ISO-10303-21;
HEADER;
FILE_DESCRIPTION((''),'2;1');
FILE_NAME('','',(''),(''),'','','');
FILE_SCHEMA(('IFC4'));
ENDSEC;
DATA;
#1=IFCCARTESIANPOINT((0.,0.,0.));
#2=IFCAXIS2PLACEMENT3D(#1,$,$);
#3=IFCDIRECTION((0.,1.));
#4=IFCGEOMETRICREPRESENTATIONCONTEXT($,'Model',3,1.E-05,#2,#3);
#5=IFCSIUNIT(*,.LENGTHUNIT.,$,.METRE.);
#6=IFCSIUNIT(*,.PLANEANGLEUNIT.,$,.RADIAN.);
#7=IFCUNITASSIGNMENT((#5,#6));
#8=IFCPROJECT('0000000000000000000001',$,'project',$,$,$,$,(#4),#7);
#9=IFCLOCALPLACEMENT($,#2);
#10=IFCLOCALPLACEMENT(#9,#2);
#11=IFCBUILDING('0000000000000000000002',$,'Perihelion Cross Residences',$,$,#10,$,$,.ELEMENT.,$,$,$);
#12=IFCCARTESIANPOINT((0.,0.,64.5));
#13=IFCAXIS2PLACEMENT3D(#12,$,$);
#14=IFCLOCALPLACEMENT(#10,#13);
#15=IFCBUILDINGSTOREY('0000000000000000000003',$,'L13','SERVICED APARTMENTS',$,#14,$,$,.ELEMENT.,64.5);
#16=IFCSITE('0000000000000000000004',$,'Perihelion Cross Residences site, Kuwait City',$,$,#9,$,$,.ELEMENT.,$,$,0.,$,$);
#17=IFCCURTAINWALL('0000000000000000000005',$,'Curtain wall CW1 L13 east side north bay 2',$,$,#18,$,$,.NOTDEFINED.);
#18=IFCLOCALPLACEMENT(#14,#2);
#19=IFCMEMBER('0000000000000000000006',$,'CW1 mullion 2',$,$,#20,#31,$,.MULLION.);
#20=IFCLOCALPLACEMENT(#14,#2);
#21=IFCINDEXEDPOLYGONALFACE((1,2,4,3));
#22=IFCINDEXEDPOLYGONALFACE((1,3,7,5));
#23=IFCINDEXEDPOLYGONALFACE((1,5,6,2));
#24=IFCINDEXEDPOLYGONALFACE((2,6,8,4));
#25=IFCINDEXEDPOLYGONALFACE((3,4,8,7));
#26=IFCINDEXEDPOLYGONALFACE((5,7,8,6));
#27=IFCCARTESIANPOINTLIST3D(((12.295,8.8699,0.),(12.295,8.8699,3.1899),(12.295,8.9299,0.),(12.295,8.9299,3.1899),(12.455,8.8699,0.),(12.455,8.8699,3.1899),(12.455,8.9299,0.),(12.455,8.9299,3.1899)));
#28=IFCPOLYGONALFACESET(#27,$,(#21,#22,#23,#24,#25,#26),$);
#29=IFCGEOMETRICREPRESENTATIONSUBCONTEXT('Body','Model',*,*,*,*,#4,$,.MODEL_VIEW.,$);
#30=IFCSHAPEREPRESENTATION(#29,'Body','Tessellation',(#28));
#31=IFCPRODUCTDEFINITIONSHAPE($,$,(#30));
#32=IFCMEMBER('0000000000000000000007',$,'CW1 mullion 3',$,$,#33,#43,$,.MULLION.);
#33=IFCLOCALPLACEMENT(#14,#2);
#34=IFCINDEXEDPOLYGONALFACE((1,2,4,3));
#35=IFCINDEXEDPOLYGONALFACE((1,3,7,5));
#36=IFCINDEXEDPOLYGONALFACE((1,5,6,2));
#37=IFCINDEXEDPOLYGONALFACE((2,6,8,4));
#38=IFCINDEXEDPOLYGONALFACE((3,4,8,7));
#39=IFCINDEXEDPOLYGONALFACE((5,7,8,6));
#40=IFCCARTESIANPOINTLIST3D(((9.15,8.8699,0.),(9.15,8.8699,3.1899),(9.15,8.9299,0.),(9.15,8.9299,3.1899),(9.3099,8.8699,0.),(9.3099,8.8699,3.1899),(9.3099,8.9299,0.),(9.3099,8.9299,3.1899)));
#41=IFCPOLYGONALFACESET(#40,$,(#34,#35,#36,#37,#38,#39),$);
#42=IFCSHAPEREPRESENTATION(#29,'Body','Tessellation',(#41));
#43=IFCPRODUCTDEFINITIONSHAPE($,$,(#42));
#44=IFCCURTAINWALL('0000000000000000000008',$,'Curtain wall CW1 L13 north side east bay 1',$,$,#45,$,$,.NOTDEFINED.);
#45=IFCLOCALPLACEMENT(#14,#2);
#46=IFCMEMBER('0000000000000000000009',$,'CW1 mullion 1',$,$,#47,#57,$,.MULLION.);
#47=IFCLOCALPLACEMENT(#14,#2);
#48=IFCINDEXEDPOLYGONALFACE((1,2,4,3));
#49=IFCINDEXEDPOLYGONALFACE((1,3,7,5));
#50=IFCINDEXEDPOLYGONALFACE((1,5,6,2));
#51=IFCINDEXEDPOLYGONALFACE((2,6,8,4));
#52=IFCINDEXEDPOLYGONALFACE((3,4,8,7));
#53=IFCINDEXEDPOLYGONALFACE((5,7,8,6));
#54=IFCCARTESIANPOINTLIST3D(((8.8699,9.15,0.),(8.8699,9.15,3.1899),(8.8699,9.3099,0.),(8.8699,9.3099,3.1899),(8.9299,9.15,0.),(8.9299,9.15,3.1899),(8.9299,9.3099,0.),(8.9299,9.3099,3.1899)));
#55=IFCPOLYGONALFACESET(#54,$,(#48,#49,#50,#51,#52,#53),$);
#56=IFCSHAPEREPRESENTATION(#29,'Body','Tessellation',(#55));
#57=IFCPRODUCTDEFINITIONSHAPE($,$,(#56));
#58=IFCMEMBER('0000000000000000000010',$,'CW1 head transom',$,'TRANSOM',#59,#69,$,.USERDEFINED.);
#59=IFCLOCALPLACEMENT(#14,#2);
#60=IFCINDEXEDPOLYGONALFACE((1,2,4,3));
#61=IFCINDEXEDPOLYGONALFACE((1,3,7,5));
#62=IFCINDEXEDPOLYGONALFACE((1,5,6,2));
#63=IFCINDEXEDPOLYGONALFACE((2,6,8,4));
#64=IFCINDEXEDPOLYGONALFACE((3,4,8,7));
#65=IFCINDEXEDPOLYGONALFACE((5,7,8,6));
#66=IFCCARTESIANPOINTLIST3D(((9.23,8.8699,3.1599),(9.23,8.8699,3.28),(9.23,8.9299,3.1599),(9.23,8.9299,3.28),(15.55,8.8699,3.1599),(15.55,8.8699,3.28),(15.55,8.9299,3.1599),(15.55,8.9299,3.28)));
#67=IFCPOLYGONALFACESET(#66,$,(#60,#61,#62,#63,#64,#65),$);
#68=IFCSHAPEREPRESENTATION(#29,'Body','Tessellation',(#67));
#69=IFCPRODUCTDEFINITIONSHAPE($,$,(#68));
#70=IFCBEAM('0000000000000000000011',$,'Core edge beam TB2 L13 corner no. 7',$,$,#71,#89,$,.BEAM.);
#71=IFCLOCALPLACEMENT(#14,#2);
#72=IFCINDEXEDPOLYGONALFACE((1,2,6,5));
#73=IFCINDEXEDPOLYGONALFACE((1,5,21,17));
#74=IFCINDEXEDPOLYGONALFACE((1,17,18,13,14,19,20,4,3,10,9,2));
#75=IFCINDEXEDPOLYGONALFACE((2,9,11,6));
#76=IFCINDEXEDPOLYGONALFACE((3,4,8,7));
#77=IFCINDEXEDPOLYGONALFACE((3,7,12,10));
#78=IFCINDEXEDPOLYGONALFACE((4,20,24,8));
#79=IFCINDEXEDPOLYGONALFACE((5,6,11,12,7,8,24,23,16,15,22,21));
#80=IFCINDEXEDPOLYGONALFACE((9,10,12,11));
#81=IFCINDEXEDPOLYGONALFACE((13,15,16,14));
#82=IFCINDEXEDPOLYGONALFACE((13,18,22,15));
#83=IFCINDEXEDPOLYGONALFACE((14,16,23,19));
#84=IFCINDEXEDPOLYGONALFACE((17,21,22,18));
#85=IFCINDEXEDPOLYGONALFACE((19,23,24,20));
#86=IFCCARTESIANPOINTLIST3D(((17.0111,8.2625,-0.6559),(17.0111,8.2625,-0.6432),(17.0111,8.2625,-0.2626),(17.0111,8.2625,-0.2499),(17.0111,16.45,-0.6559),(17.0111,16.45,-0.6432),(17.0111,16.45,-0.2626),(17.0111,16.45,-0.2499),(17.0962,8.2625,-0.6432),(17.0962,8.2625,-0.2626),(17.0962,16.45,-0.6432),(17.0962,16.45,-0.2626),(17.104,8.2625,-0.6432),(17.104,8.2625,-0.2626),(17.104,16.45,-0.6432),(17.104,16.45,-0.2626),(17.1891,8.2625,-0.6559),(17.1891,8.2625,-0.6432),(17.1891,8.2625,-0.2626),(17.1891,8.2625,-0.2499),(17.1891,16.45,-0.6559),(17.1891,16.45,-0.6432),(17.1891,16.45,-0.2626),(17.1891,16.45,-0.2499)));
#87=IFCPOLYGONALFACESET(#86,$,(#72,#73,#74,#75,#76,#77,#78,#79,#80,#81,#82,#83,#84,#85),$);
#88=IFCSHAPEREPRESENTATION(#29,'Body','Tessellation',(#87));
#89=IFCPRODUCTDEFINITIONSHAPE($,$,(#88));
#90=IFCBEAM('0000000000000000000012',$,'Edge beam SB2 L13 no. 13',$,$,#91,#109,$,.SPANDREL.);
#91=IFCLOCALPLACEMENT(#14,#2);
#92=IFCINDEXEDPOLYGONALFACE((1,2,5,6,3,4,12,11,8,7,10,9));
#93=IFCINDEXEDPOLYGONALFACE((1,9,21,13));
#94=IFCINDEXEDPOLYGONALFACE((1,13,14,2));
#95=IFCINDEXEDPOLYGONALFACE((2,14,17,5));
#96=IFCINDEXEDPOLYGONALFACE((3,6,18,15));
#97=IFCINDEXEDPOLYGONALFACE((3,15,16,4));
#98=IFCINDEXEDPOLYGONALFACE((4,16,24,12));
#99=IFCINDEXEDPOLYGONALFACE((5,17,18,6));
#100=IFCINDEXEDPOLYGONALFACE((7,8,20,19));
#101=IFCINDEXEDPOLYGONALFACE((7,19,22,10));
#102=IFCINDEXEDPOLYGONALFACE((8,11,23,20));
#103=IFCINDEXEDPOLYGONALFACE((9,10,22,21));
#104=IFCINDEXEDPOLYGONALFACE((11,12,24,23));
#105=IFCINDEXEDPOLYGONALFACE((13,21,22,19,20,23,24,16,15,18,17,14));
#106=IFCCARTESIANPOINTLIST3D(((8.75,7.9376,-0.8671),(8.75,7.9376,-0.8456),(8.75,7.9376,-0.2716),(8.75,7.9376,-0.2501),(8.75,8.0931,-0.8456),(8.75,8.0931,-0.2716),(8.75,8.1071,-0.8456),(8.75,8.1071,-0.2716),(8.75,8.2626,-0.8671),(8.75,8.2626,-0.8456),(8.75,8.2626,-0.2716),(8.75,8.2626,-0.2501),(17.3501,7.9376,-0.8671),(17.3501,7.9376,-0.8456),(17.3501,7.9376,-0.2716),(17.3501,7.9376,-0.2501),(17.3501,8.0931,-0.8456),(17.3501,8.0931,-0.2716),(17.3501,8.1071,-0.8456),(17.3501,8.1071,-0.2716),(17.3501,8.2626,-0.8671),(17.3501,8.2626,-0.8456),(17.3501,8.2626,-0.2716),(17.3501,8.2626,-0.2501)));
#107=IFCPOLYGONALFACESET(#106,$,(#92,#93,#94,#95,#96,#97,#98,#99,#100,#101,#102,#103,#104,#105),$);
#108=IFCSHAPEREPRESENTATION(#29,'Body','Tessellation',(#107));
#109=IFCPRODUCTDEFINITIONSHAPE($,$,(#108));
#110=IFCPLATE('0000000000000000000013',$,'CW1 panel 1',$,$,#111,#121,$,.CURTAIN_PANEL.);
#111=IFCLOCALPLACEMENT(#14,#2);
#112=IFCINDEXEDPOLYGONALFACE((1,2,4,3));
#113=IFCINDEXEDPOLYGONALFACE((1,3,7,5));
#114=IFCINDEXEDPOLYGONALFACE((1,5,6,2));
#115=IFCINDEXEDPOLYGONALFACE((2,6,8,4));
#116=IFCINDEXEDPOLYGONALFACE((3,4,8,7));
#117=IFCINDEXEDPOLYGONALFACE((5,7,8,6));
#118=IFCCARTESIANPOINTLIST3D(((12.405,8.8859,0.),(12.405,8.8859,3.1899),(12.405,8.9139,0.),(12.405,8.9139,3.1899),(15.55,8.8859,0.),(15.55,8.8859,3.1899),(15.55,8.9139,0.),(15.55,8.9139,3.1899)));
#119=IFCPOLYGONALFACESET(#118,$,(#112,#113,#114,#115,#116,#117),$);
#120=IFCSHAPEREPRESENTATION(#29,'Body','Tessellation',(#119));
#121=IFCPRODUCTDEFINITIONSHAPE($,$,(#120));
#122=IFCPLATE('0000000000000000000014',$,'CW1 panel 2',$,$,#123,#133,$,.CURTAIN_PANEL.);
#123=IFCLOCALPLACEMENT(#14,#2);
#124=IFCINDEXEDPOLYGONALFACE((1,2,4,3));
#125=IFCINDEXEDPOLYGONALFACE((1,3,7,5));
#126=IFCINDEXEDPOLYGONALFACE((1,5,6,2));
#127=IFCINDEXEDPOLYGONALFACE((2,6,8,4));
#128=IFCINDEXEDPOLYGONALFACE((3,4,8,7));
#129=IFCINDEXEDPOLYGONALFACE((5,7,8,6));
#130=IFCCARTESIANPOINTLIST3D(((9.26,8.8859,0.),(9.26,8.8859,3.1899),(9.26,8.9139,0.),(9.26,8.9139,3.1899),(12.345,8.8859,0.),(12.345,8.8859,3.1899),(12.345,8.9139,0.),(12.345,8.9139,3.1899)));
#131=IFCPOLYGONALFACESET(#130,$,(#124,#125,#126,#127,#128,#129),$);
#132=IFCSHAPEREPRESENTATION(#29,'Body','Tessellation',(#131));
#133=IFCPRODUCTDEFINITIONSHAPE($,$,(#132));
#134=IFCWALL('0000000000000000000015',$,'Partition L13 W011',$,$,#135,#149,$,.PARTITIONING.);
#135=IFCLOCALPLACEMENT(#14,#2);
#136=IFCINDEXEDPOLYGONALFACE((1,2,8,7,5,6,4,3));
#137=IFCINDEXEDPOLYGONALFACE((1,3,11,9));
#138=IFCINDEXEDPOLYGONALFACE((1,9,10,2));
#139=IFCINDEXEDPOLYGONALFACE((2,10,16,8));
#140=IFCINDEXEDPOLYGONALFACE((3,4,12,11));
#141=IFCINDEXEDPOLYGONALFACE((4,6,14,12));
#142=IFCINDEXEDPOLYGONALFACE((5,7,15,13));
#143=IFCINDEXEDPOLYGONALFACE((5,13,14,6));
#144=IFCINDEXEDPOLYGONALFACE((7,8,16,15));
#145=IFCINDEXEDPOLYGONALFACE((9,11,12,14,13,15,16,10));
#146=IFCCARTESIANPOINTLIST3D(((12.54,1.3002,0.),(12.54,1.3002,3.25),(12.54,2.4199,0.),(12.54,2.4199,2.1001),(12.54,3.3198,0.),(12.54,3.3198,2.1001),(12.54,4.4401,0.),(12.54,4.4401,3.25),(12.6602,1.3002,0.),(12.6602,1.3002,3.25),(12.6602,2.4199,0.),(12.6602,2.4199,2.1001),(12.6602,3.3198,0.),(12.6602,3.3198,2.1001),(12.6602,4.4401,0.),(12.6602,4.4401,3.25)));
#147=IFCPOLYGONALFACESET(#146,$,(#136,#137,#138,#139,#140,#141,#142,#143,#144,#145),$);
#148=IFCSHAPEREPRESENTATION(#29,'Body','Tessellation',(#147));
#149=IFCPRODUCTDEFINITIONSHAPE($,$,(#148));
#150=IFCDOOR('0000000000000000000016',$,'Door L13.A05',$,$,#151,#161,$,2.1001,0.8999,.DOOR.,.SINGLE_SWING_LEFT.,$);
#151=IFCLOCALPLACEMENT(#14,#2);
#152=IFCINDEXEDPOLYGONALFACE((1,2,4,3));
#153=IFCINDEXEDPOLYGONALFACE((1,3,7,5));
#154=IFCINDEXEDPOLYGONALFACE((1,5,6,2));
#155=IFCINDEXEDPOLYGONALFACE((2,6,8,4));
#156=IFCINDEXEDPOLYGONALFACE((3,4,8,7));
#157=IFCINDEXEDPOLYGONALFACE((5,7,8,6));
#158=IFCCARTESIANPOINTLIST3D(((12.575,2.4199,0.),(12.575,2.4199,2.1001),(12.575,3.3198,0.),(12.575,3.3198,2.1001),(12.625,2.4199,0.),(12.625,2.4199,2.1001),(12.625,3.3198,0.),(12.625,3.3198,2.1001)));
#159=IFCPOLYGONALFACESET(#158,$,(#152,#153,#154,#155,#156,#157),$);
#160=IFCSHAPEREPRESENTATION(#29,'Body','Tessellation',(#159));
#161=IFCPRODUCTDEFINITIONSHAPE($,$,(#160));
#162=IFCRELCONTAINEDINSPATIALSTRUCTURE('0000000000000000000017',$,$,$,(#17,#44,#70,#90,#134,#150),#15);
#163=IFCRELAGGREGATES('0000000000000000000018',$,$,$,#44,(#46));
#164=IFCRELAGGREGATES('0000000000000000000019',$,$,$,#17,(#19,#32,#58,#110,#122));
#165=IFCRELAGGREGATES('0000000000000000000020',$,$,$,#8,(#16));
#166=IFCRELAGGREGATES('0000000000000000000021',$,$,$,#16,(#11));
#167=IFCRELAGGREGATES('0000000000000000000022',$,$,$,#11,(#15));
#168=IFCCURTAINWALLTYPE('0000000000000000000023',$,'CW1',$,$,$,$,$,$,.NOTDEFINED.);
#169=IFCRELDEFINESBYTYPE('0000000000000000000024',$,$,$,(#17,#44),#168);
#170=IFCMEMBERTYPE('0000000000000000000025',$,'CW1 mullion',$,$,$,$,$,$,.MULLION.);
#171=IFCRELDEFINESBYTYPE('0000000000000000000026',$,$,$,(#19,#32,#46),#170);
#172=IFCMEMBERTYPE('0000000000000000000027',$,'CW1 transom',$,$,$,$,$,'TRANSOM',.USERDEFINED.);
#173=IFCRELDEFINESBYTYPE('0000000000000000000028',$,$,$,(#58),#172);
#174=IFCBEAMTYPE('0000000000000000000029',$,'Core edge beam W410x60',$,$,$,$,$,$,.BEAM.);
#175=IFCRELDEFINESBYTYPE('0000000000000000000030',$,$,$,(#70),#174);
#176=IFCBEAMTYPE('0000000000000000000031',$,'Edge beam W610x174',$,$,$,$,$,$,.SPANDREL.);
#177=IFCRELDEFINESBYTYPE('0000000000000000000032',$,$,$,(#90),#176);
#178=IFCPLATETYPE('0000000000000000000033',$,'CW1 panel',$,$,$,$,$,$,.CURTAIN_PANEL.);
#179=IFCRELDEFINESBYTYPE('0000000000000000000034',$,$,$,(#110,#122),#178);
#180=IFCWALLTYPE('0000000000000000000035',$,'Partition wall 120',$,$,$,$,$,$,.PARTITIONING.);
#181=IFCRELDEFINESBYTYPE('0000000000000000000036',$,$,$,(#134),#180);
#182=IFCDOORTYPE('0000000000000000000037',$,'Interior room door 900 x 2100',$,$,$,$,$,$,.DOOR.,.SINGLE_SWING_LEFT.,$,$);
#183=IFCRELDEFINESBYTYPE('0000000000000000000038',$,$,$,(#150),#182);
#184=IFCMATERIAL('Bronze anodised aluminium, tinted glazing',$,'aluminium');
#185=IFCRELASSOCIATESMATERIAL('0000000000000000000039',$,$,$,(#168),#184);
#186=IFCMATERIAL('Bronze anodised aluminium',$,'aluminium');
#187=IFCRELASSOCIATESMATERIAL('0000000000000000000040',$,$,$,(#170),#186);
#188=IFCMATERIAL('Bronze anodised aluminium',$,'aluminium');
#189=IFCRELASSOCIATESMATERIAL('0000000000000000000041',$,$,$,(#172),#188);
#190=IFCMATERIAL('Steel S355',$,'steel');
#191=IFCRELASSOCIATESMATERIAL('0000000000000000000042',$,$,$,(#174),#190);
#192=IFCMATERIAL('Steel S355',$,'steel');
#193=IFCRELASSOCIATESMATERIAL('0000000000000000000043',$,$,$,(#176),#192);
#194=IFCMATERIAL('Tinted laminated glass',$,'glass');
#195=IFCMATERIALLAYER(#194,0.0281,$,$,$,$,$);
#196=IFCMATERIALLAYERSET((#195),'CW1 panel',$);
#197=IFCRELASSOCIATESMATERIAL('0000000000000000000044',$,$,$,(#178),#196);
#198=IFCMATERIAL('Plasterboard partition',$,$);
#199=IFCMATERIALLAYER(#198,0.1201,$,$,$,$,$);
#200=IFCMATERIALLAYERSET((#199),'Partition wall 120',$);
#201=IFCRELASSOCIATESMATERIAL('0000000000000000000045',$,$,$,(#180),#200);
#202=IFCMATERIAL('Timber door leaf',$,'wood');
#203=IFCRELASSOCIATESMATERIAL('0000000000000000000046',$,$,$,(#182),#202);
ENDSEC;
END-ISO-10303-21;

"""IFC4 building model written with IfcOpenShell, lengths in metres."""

from ifc_helpers import new_model, si_unit, direction, frame, frame_2d, origin, origin_2d, place, context, subcontext, project, spatial, rectangle, i_section, extrude, material, layer, layer_set, material_profile, profile_set, type_object, element, fill, aggregate, save


model = new_model("IFC4")

# Units and contexts
model_context = context("Model", 3, precision=1e-05, world=origin(), true_north=direction((0.0, 1.0)))
body_context = subcontext(model_context, "Body", "Model", "MODEL_VIEW")
ifc_project = project(units=[si_unit("LENGTHUNIT", "METRE"), si_unit("PLANEANGLEUNIT", "RADIAN")], contexts=[model_context])

# Site, building, storey
site_placement = place(None, origin())
site = spatial("IfcSite", under=ifc_project, at=site_placement, Name="Perihelion Cross Residences site, Kuwait City", CompositionType="ELEMENT", RefElevation=0.0)
building_placement = place(site_placement, origin())
building = spatial("IfcBuilding", under=site, at=building_placement, Name="Perihelion Cross Residences", CompositionType="ELEMENT")
storey_placement = place(building_placement, frame((0.0, 0.0, 64.5)))
storey = spatial("IfcBuildingStorey", under=building, at=storey_placement, Name="L13", Description="SERVICED APARTMENTS", CompositionType="ELEMENT", Elevation=64.5)

# Curtain wall, members
ifc_material_1 = material(Name="Bronze anodised aluminium, tinted glazing", Category="aluminium")
curtain_wall_type = type_object("IfcCurtainWallType", Name="CW1", PredefinedType="NOTDEFINED", material=ifc_material_1)
curtain_wall_1_placement = place(storey_placement, origin())
curtain_wall_1 = element("IfcCurtainWall", 1, at=curtain_wall_1_placement, inside=storey, type_object=curtain_wall_type, Name="Curtain wall CW1 L13 east side north bay 2", PredefinedType="NOTDEFINED")
ifc_material_2 = material(Name="Bronze anodised aluminium", Category="aluminium")
ifc_material_profile_1 = material_profile(ifc_material_2, rectangle(XDim=0.0601, YDim=0.1599, at=origin_2d()), Name="CW1 mullion")
ifc_profile_set_1 = profile_set([ifc_material_profile_1], Name="Bronze anodised aluminium")
member_type_1 = type_object("IfcMemberType", Name="CW1 mullion", PredefinedType="MULLION", material=ifc_profile_set_1)
member_1_placement = place(storey_placement, frame((12.375, 8.8999, 0.0), z_axis=(0.0, 0.0, 1.0), x_axis=(0.0, -1.0, 0.0)))
member_1 = element("IfcMember", 2, at=member_1_placement, type_object=member_type_1, Name="CW1 mullion 2", PredefinedType="MULLION", context=body_context, shape_type="SweptSolid", body=[
    extrude(rectangle(XDim=0.0601, YDim=0.1599, at=origin_2d()), origin(), (0.0, 0.0, 1.0), 3.1899),
])
member_2_placement = place(storey_placement, frame((9.23, 8.8999, 0.0), z_axis=(0.0, 0.0, 1.0), x_axis=(0.0, -1.0, 0.0)))
member_2 = element("IfcMember", 3, at=member_2_placement, type_object=member_type_1, Name="CW1 mullion 3", PredefinedType="MULLION", context=body_context, shape_type="SweptSolid", body=[
    extrude(rectangle(XDim=0.0601, YDim=0.1599, at=origin_2d()), origin(), (0.0, 0.0, 1.0), 3.1899),
])

# Curtain wall, member
curtain_wall_2_placement = place(storey_placement, origin())
curtain_wall_2 = element("IfcCurtainWall", 4, at=curtain_wall_2_placement, inside=storey, type_object=curtain_wall_type, Name="Curtain wall CW1 L13 north side east bay 1", PredefinedType="NOTDEFINED")
member_3_placement = place(storey_placement, frame((8.8999, 9.23, 0.0), z_axis=(0.0, 0.0, 1.0), x_axis=(-1.0, 0.0, 0.0)))
member_3 = element("IfcMember", 5, at=member_3_placement, type_object=member_type_1, Name="CW1 mullion 1", PredefinedType="MULLION", context=body_context, shape_type="SweptSolid", body=[
    extrude(rectangle(XDim=0.0601, YDim=0.1599, at=origin_2d()), origin(), (0.0, 0.0, 1.0), 3.1899),
])
aggregate(curtain_wall_2, [member_3])

# Member
ifc_material_3 = material(Name="Bronze anodised aluminium", Category="aluminium")
ifc_material_profile_2 = material_profile(ifc_material_3, rectangle(XDim=0.0601, YDim=0.1201, at=origin_2d()), Name="CW1 transom")
ifc_profile_set_2 = profile_set([ifc_material_profile_2], Name="Bronze anodised aluminium")
member_type_2 = type_object("IfcMemberType", Name="CW1 transom", ElementType="TRANSOM", PredefinedType="USERDEFINED", material=ifc_profile_set_2)
member_4_placement = place(storey_placement, frame((15.55, 8.8999, 3.22), z_axis=(-1.0, 0.0, 0.0), x_axis=(0.0, -1.0, 0.0)))
member_4 = element("IfcMember", 6, at=member_4_placement, type_object=member_type_2, Name="CW1 head transom", ObjectType="TRANSOM", PredefinedType="USERDEFINED", context=body_context, shape_type="SweptSolid", body=[
    extrude(rectangle(XDim=0.0601, YDim=0.1201, at=origin_2d()), origin(), (0.0, 0.0, 1.0), 6.3201),
])

# Beams
ifc_material_4 = material(Name="Steel S355", Category="steel")
ifc_material_profile_3 = material_profile(ifc_material_4, i_section(OverallWidth=0.178, OverallDepth=0.406, WebThickness=0.0078, FlangeThickness=0.0127, at=origin_2d()), Name="W410x60")
ifc_profile_set_3 = profile_set([ifc_material_profile_3], Name="Steel S355")
beam_type_1 = type_object("IfcBeamType", Name="Core edge beam W410x60", PredefinedType="BEAM", material=ifc_profile_set_3)
beam_1_placement = place(storey_placement, frame((17.1001, 8.2625, -0.4529), z_axis=(0.0, 1.0, 0.0), x_axis=(-1.0, 0.0, 0.0)))
element("IfcBeam", 7, at=beam_1_placement, inside=storey, type_object=beam_type_1, Name="Core edge beam TB2 L13 corner no. 7", PredefinedType="BEAM", context=body_context, shape_type="SweptSolid", body=[
    extrude(i_section(OverallWidth=0.178, OverallDepth=0.406, WebThickness=0.0078, FlangeThickness=0.0127, at=origin_2d()), origin(), (0.0, 0.0, 1.0), 8.1875),
])
ifc_material_5 = material(Name="Steel S355", Category="steel")
ifc_material_profile_4 = material_profile(ifc_material_5, i_section(OverallWidth=0.325, OverallDepth=0.6169, WebThickness=0.0139, FlangeThickness=0.0215, at=origin_2d()), Name="W610x174")
ifc_profile_set_4 = profile_set([ifc_material_profile_4], Name="Steel S355")
beam_type_2 = type_object("IfcBeamType", Name="Edge beam W610x174", PredefinedType="SPANDREL", material=ifc_profile_set_4)
beam_2_placement = place(storey_placement, frame((17.3501, 8.1001, -0.5586), z_axis=(-1.0, 0.0, 0.0), x_axis=(0.0, -1.0, 0.0)))
element("IfcBeam", 8, at=beam_2_placement, inside=storey, type_object=beam_type_2, Name="Edge beam SB2 L13 no. 13", PredefinedType="SPANDREL", context=body_context, shape_type="SweptSolid", body=[
    extrude(i_section(OverallWidth=0.325, OverallDepth=0.6169, WebThickness=0.0139, FlangeThickness=0.0215, at=origin_2d()), origin(), (0.0, 0.0, 1.0), 8.6001),
])

# Plates
ifc_material_6 = material(Name="Tinted laminated glass", Category="glass")
ifc_layer_1 = layer(ifc_material_6, 0.0281)
ifc_layer_set_1 = layer_set([ifc_layer_1], Name="CW1 panel")
plate_type = type_object("IfcPlateType", Name="CW1 panel", PredefinedType="CURTAIN_PANEL", material=ifc_layer_set_1)
plate_1_placement = place(storey_placement, frame((13.9775, 8.8999, 0.0), z_axis=(0.0, 0.0, 1.0), x_axis=(-1.0, 0.0, 0.0)))
plate_1 = element("IfcPlate", 9, at=plate_1_placement, type_object=plate_type, Name="CW1 panel 1", PredefinedType="CURTAIN_PANEL", context=body_context, shape_type="SweptSolid", body=[
    extrude(rectangle(XDim=3.145, YDim=0.0281, at=origin_2d()), origin(), (0.0, 0.0, 1.0), 3.1899),
])
plate_2_placement = place(storey_placement, frame((10.8025, 8.8999, 0.0), z_axis=(0.0, 0.0, 1.0), x_axis=(-1.0, 0.0, 0.0)))
plate_2 = element("IfcPlate", 10, at=plate_2_placement, type_object=plate_type, Name="CW1 panel 2", PredefinedType="CURTAIN_PANEL", context=body_context, shape_type="SweptSolid", body=[
    extrude(rectangle(XDim=3.085, YDim=0.0281, at=origin_2d()), origin(), (0.0, 0.0, 1.0), 3.1899),
])
aggregate(curtain_wall_1, [member_1, member_2, member_4, plate_1, plate_2])

# Wall, opening, door
ifc_material_7 = material(Name="Plasterboard partition")
ifc_layer_2 = layer(ifc_material_7, 0.1201)
ifc_layer_set_2 = layer_set([ifc_layer_2], Name="Partition wall 120")
wall_type_1 = type_object("IfcWallType", Name="Partition wall 120", PredefinedType="PARTITIONING", material=ifc_layer_set_2)
wall_1_placement = place(storey_placement, frame((12.6001, 4.4399, 0.0), z_axis=(0.0, 0.0, 1.0), x_axis=(0.0, -1.0, 0.0)))
wall_1 = element("IfcWall", 11, at=wall_1_placement, inside=storey, type_object=wall_type_1, Name="Partition L13 W011", PredefinedType="PARTITIONING", context=body_context, shape_type="SweptSolid", body=[
    extrude(rectangle(XDim=3.1399, YDim=0.1201, at=frame_2d((1.5698, 0.0))), origin(), (0.0, 0.0, 1.0), 3.25),
])
opening_1_placement = place(wall_1_placement, frame((1.1201, 0.0, 0.0)))
opening_1 = element("IfcOpeningElement", 12, at=opening_1_placement, cuts=wall_1, PredefinedType="OPENING", context=body_context, shape_type="SweptSolid", body=[
    extrude(rectangle(XDim=0.8999, YDim=2.1001, at=frame_2d((0.45, 1.05))), frame((0.0, 0.0701, 0.0), z_axis=(0.0, -1.0, 0.0), x_axis=(1.0, 0.0, 0.0)), (0.0, 0.0, 1.0), 0.1401),
])
ifc_material_8 = material(Name="Timber door leaf", Category="wood")
door_type_1 = type_object("IfcDoorType", Name="Interior room door 900 x 2100", OperationType="SINGLE_SWING_LEFT", PredefinedType="DOOR", material=ifc_material_8)
door_1_placement = place(opening_1_placement, origin())
door_1 = element("IfcDoor", 13, at=door_1_placement, inside=storey, type_object=door_type_1, Name="Door L13.A05", OperationType="SINGLE_SWING_LEFT", OverallHeight=2.1001, OverallWidth=0.8999, PredefinedType="DOOR", context=body_context, shape_type="SweptSolid", body=[
    extrude(rectangle(XDim=0.8999, YDim=2.1001, at=frame_2d((0.45, 1.05))), frame((0.0, 0.0249, 0.0), z_axis=(0.0, -1.0, 0.0), x_axis=(1.0, 0.0, 0.0)), (0.0, 0.0, 1.0), 0.05),
])
fill(opening_1, door_1)

save(model, "model.ifc")
